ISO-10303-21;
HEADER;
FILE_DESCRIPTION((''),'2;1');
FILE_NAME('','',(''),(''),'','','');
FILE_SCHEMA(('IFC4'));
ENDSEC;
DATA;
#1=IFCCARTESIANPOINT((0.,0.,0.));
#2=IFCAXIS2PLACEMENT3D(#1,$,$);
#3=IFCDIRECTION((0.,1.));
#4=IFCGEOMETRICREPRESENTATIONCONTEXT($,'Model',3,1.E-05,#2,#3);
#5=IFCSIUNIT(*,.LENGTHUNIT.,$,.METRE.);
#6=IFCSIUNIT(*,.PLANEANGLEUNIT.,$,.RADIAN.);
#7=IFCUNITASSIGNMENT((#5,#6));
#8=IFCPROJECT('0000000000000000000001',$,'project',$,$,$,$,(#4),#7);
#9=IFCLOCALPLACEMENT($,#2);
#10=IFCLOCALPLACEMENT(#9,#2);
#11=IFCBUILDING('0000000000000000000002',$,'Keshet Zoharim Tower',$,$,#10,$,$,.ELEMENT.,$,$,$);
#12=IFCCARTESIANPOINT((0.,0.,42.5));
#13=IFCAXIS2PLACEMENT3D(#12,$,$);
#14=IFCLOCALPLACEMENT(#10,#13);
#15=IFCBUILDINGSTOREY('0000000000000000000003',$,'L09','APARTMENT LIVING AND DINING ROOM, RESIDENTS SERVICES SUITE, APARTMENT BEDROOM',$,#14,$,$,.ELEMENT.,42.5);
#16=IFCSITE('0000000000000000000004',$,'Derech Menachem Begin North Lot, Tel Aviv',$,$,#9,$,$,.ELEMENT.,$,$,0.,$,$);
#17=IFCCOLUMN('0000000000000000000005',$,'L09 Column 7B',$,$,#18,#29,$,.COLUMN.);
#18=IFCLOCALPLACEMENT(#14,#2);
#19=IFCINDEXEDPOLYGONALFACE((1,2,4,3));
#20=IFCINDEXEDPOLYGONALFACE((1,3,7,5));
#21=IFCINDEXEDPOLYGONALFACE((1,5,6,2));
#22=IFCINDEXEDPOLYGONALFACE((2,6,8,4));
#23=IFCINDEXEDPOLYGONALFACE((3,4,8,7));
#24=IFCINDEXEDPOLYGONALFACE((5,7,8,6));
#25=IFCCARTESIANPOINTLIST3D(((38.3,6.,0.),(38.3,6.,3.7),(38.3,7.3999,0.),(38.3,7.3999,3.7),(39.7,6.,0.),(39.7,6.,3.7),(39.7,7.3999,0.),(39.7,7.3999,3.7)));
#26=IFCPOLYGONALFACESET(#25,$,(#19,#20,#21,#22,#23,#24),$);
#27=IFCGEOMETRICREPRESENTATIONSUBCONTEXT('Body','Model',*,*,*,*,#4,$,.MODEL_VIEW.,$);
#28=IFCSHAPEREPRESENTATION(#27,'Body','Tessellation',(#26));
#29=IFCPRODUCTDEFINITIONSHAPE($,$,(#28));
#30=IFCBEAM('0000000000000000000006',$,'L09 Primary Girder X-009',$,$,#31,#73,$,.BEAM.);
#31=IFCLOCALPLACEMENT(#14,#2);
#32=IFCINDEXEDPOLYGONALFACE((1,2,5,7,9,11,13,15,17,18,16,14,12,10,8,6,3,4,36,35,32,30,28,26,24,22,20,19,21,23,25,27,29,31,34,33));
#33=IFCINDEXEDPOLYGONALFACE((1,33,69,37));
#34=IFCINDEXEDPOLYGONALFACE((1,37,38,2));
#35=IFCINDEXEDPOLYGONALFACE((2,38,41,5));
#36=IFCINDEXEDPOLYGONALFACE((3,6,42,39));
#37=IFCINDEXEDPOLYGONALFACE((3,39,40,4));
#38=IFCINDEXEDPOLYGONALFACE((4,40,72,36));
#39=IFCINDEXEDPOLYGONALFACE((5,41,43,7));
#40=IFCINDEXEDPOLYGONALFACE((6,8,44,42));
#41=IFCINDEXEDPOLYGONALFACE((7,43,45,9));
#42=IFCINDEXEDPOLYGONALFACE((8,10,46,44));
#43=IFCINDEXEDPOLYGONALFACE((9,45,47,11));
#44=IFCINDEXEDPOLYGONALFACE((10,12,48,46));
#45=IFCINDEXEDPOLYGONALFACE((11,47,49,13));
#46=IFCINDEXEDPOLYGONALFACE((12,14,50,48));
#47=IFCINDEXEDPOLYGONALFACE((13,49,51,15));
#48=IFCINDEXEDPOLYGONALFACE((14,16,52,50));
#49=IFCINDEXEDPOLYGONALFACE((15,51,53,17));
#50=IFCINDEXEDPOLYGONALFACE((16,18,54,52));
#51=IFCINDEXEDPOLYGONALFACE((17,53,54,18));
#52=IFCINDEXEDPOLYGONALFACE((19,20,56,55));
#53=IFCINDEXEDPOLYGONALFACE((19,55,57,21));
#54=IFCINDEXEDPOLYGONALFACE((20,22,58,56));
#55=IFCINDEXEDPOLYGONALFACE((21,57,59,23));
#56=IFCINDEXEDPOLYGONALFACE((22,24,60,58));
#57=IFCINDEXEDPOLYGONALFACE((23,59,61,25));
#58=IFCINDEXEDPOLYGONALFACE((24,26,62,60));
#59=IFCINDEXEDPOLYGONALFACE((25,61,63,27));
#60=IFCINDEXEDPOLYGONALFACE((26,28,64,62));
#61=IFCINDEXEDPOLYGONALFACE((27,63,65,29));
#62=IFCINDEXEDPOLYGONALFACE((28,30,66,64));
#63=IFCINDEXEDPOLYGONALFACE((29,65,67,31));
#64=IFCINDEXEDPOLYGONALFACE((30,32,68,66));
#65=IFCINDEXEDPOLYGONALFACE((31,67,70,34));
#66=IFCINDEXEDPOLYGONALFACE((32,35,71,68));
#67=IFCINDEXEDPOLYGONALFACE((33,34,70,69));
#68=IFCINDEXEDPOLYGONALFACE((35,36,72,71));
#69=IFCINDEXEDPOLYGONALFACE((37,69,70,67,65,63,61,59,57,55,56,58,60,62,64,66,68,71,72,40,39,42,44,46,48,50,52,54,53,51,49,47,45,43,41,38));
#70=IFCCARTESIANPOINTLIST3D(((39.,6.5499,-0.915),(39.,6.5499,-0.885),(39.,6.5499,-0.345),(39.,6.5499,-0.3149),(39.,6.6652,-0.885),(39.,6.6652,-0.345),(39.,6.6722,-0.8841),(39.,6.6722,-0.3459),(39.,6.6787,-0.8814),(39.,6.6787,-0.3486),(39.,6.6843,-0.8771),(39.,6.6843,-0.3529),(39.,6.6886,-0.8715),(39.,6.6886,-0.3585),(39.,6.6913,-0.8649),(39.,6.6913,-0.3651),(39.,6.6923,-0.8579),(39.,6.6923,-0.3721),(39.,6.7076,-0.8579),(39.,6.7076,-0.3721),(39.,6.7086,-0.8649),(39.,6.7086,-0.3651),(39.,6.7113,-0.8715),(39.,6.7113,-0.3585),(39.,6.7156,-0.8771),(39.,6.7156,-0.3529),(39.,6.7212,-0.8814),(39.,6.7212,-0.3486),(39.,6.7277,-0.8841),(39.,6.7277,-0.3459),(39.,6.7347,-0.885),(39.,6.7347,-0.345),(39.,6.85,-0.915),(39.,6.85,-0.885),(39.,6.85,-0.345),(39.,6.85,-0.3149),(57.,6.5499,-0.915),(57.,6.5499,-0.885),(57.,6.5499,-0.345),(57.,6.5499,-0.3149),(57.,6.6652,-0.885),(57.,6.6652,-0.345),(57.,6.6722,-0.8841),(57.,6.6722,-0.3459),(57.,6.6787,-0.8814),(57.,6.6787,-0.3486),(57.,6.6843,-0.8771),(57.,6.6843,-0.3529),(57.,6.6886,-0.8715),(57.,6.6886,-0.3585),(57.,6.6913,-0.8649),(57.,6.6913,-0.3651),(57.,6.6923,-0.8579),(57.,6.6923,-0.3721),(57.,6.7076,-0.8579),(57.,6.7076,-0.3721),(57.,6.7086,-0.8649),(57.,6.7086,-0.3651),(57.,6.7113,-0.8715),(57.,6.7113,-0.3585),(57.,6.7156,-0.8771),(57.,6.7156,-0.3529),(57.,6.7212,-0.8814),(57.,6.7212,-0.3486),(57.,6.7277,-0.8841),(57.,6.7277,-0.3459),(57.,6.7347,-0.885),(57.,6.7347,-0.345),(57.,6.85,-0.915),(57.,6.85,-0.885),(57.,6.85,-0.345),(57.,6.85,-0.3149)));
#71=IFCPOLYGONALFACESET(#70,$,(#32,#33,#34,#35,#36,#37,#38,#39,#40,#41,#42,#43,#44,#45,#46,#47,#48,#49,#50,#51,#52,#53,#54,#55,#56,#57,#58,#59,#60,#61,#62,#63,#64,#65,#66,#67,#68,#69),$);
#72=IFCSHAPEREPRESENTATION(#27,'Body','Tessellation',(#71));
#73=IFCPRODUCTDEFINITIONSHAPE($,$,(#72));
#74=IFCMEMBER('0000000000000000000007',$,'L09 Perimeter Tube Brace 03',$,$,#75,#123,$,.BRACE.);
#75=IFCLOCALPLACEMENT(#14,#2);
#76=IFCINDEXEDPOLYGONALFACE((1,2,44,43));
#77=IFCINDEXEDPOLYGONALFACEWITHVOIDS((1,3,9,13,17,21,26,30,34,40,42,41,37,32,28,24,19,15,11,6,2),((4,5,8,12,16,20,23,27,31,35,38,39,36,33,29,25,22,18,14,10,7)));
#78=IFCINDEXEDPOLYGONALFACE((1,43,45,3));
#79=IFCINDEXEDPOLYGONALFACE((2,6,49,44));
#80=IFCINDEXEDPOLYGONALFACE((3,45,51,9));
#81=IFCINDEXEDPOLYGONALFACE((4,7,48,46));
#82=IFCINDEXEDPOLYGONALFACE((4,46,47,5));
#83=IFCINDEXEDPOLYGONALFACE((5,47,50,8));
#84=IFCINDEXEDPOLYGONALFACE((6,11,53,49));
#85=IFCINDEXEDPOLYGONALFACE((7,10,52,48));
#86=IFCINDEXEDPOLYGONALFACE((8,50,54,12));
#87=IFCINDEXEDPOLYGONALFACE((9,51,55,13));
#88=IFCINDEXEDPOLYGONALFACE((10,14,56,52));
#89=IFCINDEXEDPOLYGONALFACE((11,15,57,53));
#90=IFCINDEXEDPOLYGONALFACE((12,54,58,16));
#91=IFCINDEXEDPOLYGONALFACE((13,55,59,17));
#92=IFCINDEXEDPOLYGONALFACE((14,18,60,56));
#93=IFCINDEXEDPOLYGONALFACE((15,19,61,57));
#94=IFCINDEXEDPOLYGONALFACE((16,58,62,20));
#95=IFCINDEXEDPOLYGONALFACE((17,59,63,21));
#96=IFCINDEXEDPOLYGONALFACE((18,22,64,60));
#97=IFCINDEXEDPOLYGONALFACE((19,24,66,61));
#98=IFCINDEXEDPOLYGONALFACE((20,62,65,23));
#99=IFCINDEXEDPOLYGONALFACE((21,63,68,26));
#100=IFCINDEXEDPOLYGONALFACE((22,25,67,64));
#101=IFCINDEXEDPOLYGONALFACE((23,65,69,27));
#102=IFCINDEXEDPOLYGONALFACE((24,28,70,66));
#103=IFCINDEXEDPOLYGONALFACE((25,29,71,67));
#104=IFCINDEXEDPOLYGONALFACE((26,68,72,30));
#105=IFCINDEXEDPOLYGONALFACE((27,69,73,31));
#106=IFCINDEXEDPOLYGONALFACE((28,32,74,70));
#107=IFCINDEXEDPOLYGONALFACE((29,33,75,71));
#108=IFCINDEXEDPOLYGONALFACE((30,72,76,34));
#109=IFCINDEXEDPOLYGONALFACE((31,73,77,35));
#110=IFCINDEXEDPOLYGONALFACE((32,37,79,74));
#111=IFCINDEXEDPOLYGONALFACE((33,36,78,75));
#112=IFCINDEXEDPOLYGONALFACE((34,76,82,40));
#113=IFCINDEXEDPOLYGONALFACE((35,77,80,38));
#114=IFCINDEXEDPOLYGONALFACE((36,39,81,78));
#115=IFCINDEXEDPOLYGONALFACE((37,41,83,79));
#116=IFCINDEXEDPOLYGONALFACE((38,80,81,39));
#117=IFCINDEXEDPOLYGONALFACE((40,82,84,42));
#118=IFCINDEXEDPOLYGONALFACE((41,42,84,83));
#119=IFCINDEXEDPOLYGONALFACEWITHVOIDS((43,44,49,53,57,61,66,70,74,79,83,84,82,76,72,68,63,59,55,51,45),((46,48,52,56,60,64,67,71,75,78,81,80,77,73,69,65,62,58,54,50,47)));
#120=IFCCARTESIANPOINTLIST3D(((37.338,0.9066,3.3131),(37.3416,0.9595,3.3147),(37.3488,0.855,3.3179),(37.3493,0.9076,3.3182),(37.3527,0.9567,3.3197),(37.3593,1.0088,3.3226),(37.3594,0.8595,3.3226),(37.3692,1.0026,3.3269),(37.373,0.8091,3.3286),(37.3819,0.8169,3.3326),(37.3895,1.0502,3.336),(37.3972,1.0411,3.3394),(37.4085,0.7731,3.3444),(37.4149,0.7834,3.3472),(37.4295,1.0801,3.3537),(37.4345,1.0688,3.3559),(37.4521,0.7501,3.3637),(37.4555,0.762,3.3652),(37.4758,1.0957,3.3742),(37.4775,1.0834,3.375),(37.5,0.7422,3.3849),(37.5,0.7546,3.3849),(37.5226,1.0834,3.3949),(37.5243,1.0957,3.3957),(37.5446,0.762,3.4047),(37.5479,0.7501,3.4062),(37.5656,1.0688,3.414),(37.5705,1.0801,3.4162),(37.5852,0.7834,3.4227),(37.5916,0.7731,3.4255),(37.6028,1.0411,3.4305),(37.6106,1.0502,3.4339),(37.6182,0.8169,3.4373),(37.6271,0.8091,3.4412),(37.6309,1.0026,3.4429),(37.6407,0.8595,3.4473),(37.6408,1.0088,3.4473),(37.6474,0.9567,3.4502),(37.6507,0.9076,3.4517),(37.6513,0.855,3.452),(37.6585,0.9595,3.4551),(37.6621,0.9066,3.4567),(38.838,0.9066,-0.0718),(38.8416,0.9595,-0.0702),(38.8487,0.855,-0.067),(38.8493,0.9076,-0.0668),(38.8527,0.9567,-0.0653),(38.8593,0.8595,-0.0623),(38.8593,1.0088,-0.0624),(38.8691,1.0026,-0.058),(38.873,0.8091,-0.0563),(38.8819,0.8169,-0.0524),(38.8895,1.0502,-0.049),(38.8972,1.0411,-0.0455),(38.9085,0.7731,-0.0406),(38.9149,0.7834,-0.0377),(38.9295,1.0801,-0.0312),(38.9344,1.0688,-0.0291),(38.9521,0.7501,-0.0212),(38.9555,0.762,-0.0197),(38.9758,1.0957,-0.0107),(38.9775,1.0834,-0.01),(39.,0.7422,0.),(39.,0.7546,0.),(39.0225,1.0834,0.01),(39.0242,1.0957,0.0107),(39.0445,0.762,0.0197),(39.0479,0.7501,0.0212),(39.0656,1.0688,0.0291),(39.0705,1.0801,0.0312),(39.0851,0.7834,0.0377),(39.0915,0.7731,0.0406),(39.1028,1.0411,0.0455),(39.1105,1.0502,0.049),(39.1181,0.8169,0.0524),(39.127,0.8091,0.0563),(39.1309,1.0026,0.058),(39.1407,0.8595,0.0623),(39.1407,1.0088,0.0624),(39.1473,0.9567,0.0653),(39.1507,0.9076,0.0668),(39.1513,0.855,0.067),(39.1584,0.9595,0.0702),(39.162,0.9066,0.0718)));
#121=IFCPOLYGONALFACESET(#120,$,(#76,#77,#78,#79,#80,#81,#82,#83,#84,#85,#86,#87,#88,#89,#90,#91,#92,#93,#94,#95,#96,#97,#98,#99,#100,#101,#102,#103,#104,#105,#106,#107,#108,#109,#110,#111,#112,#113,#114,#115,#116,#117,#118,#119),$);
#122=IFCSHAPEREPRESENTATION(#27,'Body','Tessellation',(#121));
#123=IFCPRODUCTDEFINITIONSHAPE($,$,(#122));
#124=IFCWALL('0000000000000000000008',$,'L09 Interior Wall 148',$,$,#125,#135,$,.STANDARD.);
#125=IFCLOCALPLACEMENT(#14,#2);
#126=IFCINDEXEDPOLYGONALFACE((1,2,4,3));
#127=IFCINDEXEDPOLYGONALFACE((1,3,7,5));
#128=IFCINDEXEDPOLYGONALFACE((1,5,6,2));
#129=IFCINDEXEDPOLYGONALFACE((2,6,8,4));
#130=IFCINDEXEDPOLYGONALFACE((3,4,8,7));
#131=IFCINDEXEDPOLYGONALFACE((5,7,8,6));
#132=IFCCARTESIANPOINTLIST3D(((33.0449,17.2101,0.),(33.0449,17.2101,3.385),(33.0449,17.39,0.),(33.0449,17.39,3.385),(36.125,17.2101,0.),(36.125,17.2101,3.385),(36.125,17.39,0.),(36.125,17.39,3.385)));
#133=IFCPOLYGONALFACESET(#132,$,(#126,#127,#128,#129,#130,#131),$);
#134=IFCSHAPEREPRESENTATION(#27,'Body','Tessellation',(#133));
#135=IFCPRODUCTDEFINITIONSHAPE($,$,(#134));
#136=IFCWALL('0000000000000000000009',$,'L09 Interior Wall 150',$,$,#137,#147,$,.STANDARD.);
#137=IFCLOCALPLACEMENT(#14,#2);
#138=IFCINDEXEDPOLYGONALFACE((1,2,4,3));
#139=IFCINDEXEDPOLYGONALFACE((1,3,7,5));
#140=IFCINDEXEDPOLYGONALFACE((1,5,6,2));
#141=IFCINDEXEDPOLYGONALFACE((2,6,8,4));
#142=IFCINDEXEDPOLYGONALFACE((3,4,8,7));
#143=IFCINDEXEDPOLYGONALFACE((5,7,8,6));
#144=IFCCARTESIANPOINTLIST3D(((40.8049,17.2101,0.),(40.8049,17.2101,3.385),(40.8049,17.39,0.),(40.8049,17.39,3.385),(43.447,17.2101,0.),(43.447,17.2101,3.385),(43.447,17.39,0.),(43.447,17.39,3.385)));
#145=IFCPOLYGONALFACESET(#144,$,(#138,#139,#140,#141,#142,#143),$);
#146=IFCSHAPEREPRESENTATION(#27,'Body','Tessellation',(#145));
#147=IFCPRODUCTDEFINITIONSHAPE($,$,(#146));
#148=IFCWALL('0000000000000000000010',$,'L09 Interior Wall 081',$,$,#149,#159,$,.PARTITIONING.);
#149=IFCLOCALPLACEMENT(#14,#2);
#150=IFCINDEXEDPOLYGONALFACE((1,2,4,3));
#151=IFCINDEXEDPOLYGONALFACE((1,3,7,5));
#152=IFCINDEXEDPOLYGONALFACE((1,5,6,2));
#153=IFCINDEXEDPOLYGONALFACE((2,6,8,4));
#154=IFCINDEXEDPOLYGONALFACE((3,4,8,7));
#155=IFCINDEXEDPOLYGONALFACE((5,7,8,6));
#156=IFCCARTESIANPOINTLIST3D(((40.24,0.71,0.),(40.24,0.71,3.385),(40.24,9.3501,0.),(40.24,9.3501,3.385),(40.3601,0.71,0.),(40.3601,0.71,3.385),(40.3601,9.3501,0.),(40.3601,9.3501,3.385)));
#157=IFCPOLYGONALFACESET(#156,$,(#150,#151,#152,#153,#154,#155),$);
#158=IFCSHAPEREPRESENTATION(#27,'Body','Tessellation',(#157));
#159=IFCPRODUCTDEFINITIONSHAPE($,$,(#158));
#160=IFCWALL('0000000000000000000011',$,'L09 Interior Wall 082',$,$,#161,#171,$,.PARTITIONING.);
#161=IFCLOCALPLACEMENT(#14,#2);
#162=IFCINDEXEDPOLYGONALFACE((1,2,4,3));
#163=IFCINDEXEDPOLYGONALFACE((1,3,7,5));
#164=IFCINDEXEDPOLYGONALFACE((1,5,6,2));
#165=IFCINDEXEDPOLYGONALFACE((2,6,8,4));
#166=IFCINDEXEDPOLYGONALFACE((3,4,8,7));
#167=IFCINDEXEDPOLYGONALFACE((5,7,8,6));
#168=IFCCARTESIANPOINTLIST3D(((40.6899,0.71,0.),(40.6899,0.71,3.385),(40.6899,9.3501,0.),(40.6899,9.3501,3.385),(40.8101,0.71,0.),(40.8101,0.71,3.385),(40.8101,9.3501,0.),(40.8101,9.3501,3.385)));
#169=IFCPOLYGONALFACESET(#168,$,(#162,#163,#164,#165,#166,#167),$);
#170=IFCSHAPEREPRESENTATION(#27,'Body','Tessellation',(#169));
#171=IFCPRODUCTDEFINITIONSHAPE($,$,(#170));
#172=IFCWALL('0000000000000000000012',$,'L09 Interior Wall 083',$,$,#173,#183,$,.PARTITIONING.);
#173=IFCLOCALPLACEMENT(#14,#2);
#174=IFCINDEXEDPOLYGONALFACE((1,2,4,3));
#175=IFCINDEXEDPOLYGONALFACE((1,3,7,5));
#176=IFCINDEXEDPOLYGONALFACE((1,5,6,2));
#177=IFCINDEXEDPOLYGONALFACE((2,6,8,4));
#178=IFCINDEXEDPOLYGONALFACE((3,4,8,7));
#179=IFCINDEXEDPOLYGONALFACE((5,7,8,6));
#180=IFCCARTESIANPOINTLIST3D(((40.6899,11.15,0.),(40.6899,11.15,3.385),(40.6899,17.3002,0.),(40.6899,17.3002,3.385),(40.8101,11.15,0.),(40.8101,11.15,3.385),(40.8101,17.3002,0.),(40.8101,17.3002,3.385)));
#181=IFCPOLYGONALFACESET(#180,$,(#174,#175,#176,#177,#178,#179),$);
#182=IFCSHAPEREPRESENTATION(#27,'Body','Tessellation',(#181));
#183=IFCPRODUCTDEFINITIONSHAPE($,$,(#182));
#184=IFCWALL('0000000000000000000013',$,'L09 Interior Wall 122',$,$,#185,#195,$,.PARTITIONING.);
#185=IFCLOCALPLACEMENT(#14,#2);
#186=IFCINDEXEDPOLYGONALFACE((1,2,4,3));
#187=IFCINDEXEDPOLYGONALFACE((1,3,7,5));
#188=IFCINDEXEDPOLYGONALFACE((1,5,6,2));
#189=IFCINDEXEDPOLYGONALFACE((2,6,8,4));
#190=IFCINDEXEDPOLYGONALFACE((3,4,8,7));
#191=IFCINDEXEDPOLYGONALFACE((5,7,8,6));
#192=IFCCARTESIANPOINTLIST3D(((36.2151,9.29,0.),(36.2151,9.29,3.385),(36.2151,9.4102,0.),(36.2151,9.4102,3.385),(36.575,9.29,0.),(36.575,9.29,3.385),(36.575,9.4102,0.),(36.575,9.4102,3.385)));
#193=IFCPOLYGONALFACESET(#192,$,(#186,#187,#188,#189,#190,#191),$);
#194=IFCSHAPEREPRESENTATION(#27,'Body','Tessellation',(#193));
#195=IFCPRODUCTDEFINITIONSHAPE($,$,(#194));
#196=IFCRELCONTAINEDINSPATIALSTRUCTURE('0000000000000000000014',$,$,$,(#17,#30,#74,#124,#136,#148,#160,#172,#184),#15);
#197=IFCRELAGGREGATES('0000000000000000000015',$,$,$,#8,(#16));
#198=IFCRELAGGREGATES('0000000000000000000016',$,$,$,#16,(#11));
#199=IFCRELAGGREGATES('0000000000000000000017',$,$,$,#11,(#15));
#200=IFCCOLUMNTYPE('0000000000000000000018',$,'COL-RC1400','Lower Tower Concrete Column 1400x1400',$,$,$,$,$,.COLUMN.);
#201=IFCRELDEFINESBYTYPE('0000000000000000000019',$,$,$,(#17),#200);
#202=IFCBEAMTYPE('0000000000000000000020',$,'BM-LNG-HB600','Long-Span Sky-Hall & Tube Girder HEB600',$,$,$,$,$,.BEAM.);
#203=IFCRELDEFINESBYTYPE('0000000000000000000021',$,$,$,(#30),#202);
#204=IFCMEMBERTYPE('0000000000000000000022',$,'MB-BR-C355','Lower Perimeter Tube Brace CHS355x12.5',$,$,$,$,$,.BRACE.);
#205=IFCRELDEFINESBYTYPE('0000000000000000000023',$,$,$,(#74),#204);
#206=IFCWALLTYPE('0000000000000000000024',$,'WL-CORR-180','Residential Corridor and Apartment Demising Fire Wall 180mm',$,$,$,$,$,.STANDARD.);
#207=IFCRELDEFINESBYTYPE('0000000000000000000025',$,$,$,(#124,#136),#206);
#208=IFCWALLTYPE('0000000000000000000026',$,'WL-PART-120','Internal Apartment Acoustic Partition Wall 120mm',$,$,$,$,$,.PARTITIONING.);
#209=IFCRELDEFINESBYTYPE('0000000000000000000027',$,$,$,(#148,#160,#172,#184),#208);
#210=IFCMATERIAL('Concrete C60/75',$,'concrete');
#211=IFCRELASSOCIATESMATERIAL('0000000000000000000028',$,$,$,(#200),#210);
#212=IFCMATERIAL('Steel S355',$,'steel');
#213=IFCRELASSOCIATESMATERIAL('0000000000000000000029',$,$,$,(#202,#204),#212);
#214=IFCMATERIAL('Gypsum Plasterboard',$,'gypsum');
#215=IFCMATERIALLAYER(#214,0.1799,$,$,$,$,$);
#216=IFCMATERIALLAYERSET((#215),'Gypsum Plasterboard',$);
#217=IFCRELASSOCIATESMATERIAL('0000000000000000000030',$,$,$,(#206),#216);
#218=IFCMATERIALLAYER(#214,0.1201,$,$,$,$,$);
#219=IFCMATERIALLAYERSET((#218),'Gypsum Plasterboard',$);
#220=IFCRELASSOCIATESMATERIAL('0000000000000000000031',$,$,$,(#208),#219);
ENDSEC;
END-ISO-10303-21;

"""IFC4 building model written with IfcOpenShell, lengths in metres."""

from ifc_helpers import new_model, si_unit, direction, frame, frame_2d, origin, origin_2d, place, context, subcontext, project, spatial, rectangle, hollow_circle, i_section, extrude, material, layer, layer_set, material_profile, profile_set, type_object, element, save


model = new_model("IFC4")

# Units and contexts
model_context = context("Model", 3, precision=1e-05, world=origin(), true_north=direction((0.0, 1.0)))
body_context = subcontext(model_context, "Body", "Model", "MODEL_VIEW")
ifc_project = project(units=[si_unit("LENGTHUNIT", "METRE"), si_unit("PLANEANGLEUNIT", "RADIAN")], contexts=[model_context])

# Site, building, storey
site_placement = place(None, origin())
site = spatial("IfcSite", under=ifc_project, at=site_placement, Name="Derech Menachem Begin North Lot, Tel Aviv", CompositionType="ELEMENT", RefElevation=0.0)
building_placement = place(site_placement, origin())
building = spatial("IfcBuilding", under=site, at=building_placement, Name="Keshet Zoharim Tower", CompositionType="ELEMENT")
storey_placement = place(building_placement, frame((0.0, 0.0, 42.5)))
storey = spatial("IfcBuildingStorey", under=building, at=storey_placement, Name="L09", Description="APARTMENT LIVING AND DINING ROOM, RESIDENTS SERVICES SUITE, APARTMENT BEDROOM", CompositionType="ELEMENT", Elevation=42.5)

# Column
ifc_material_1 = material(Name="Concrete C60/75", Category="concrete")
ifc_material_profile_1 = material_profile(ifc_material_1, rectangle(XDim=1.3999, YDim=1.3999, at=origin_2d()), Name="RC1400x1400")
ifc_profile_set_1 = profile_set([ifc_material_profile_1], Name="Concrete C60/75")
column_type = type_object("IfcColumnType", Name="COL-RC1400", Description="Lower Tower Concrete Column 1400x1400", PredefinedType="COLUMN", material=ifc_profile_set_1)
column_placement = place(storey_placement, frame((39.0, 6.7, 0.0), z_axis=(0.0, 0.0, 1.0), x_axis=(1.0, 0.0, 0.0)))
element("IfcColumn", 1, at=column_placement, inside=storey, type_object=column_type, Name="L09 Column 7B", PredefinedType="COLUMN", context=body_context, shape_type="SweptSolid", body=[
    extrude(rectangle(XDim=1.3999, YDim=1.3999, at=origin_2d()), origin(), (0.0, 0.0, 1.0), 3.7),
])

# Beam
ifc_material_2 = material(Name="Steel S355", Category="steel")
ifc_material_profile_2 = material_profile(ifc_material_2, i_section(OverallWidth=0.3, OverallDepth=0.6001, WebThickness=0.0154, FlangeThickness=0.03, FilletRadius=0.0271, at=origin_2d()), Name="HEB600")
ifc_profile_set_2 = profile_set([ifc_material_profile_2], Name="Steel S355")
beam_type = type_object("IfcBeamType", Name="BM-LNG-HB600", Description="Long-Span Sky-Hall & Tube Girder HEB600", PredefinedType="BEAM", material=ifc_profile_set_2)
beam_placement = place(storey_placement, frame((39.0, 6.7, -0.615), z_axis=(1.0, 0.0, 0.0), x_axis=(0.0, 1.0, 0.0)))
element("IfcBeam", 2, at=beam_placement, inside=storey, type_object=beam_type, Name="L09 Primary Girder X-009", PredefinedType="BEAM", context=body_context, shape_type="SweptSolid", body=[
    extrude(i_section(OverallWidth=0.3, OverallDepth=0.6001, WebThickness=0.0154, FlangeThickness=0.03, FilletRadius=0.0271, at=origin_2d()), origin(), (0.0, 0.0, 1.0), 18.0),
])

# Member
ifc_material_profile_3 = material_profile(ifc_material_2, hollow_circle(Radius=0.1777, WallThickness=0.0125, at=origin_2d()), Name="CHS355x12.5")
ifc_profile_set_3 = profile_set([ifc_material_profile_3], Name="Steel S355")
member_type = type_object("IfcMemberType", Name="MB-BR-C355", Description="Lower Perimeter Tube Brace CHS355x12.5", PredefinedType="BRACE", material=ifc_profile_set_3)
member_placement = place(storey_placement, frame((39.0, 0.9199, 0.0), z_axis=(-0.405135, 0.0, 0.914257), x_axis=(0.0, -1.0, 0.0)))
element("IfcMember", 3, at=member_placement, inside=storey, type_object=member_type, Name="L09 Perimeter Tube Brace 03", PredefinedType="BRACE", context=body_context, shape_type="SweptSolid", body=[
    extrude(hollow_circle(Radius=0.1777, WallThickness=0.0125, at=origin_2d()), origin(), (0.0, 0.0, 1.0), 3.7024),
])

# Wall
ifc_material_3 = material(Name="Gypsum Plasterboard", Category="gypsum")
ifc_layer_1 = layer(ifc_material_3, 0.1799)
ifc_layer_set_1 = layer_set([ifc_layer_1], Name="Gypsum Plasterboard")
wall_type_1 = type_object("IfcWallType", Name="WL-CORR-180", Description="Residential Corridor and Apartment Demising Fire Wall 180mm", PredefinedType="STANDARD", material=ifc_layer_set_1)
wall_1_placement = place(storey_placement, frame((33.0449, 17.3, 0.0), z_axis=(0.0, 0.0, 1.0), x_axis=(1.0, 0.0, 0.0)))
element("IfcWall", 4, at=wall_1_placement, inside=storey, type_object=wall_type_1, Name="L09 Interior Wall 148", PredefinedType="STANDARD", context=body_context, shape_type="SweptSolid", body=[
    extrude(rectangle(XDim=3.0801, YDim=0.1799, at=frame_2d((1.54, 0.0))), origin(), (0.0, 0.0, 1.0), 3.385),
])

# Walls
wall_2_placement = place(storey_placement, frame((40.8049, 17.3, 0.0), z_axis=(0.0, 0.0, 1.0), x_axis=(1.0, 0.0, 0.0)))
element("IfcWall", 5, at=wall_2_placement, inside=storey, type_object=wall_type_1, Name="L09 Interior Wall 150", PredefinedType="STANDARD", context=body_context, shape_type="SweptSolid", body=[
    extrude(rectangle(XDim=2.6421, YDim=0.1799, at=frame_2d((1.321, 0.0))), origin(), (0.0, 0.0, 1.0), 3.385),
])
ifc_layer_2 = layer(ifc_material_3, 0.1201)
ifc_layer_set_2 = layer_set([ifc_layer_2], Name="Gypsum Plasterboard")
wall_type_2 = type_object("IfcWallType", Name="WL-PART-120", Description="Internal Apartment Acoustic Partition Wall 120mm", PredefinedType="PARTITIONING", material=ifc_layer_set_2)
for number, where, z_axis, x_axis, name in (
    (6, (40.3, 0.71, 0.0), (0.0, 0.0, 1.0), (0.0, 1.0, 0.0), "L09 Interior Wall 081"),
    (7, (40.75, 0.71, 0.0), (0.0, 0.0, 1.0), (0.0, 1.0, 0.0), "L09 Interior Wall 082"),
):
    element("IfcWall", number, at=place(storey_placement, frame(where, z_axis=z_axis, x_axis=x_axis)), inside=storey, type_object=wall_type_2, Name=name, PredefinedType="PARTITIONING", context=body_context, shape_type="SweptSolid", body=[
        extrude(rectangle(XDim=8.6401, YDim=0.1201, at=frame_2d((4.3201, 0.0))), origin(), (0.0, 0.0, 1.0), 3.385),
    ])
wall_3_placement = place(storey_placement, frame((40.75, 11.1499, 0.0), z_axis=(0.0, 0.0, 1.0), x_axis=(0.0, 1.0, 0.0)))
element("IfcWall", 8, at=wall_3_placement, inside=storey, type_object=wall_type_2, Name="L09 Interior Wall 083", PredefinedType="PARTITIONING", context=body_context, shape_type="SweptSolid", body=[
    extrude(rectangle(XDim=6.1501, YDim=0.1201, at=frame_2d((3.0752, 0.0))), origin(), (0.0, 0.0, 1.0), 3.385),
])
wall_4_placement = place(storey_placement, frame((36.2151, 9.3501, 0.0), z_axis=(0.0, 0.0, 1.0), x_axis=(1.0, 0.0, 0.0)))
element("IfcWall", 9, at=wall_4_placement, inside=storey, type_object=wall_type_2, Name="L09 Interior Wall 122", PredefinedType="PARTITIONING", context=body_context, shape_type="SweptSolid", body=[
    extrude(rectangle(XDim=0.3599, YDim=0.1201, at=frame_2d((0.1799, 0.0))), origin(), (0.0, 0.0, 1.0), 3.385),
])

save(model, "model.ifc")
